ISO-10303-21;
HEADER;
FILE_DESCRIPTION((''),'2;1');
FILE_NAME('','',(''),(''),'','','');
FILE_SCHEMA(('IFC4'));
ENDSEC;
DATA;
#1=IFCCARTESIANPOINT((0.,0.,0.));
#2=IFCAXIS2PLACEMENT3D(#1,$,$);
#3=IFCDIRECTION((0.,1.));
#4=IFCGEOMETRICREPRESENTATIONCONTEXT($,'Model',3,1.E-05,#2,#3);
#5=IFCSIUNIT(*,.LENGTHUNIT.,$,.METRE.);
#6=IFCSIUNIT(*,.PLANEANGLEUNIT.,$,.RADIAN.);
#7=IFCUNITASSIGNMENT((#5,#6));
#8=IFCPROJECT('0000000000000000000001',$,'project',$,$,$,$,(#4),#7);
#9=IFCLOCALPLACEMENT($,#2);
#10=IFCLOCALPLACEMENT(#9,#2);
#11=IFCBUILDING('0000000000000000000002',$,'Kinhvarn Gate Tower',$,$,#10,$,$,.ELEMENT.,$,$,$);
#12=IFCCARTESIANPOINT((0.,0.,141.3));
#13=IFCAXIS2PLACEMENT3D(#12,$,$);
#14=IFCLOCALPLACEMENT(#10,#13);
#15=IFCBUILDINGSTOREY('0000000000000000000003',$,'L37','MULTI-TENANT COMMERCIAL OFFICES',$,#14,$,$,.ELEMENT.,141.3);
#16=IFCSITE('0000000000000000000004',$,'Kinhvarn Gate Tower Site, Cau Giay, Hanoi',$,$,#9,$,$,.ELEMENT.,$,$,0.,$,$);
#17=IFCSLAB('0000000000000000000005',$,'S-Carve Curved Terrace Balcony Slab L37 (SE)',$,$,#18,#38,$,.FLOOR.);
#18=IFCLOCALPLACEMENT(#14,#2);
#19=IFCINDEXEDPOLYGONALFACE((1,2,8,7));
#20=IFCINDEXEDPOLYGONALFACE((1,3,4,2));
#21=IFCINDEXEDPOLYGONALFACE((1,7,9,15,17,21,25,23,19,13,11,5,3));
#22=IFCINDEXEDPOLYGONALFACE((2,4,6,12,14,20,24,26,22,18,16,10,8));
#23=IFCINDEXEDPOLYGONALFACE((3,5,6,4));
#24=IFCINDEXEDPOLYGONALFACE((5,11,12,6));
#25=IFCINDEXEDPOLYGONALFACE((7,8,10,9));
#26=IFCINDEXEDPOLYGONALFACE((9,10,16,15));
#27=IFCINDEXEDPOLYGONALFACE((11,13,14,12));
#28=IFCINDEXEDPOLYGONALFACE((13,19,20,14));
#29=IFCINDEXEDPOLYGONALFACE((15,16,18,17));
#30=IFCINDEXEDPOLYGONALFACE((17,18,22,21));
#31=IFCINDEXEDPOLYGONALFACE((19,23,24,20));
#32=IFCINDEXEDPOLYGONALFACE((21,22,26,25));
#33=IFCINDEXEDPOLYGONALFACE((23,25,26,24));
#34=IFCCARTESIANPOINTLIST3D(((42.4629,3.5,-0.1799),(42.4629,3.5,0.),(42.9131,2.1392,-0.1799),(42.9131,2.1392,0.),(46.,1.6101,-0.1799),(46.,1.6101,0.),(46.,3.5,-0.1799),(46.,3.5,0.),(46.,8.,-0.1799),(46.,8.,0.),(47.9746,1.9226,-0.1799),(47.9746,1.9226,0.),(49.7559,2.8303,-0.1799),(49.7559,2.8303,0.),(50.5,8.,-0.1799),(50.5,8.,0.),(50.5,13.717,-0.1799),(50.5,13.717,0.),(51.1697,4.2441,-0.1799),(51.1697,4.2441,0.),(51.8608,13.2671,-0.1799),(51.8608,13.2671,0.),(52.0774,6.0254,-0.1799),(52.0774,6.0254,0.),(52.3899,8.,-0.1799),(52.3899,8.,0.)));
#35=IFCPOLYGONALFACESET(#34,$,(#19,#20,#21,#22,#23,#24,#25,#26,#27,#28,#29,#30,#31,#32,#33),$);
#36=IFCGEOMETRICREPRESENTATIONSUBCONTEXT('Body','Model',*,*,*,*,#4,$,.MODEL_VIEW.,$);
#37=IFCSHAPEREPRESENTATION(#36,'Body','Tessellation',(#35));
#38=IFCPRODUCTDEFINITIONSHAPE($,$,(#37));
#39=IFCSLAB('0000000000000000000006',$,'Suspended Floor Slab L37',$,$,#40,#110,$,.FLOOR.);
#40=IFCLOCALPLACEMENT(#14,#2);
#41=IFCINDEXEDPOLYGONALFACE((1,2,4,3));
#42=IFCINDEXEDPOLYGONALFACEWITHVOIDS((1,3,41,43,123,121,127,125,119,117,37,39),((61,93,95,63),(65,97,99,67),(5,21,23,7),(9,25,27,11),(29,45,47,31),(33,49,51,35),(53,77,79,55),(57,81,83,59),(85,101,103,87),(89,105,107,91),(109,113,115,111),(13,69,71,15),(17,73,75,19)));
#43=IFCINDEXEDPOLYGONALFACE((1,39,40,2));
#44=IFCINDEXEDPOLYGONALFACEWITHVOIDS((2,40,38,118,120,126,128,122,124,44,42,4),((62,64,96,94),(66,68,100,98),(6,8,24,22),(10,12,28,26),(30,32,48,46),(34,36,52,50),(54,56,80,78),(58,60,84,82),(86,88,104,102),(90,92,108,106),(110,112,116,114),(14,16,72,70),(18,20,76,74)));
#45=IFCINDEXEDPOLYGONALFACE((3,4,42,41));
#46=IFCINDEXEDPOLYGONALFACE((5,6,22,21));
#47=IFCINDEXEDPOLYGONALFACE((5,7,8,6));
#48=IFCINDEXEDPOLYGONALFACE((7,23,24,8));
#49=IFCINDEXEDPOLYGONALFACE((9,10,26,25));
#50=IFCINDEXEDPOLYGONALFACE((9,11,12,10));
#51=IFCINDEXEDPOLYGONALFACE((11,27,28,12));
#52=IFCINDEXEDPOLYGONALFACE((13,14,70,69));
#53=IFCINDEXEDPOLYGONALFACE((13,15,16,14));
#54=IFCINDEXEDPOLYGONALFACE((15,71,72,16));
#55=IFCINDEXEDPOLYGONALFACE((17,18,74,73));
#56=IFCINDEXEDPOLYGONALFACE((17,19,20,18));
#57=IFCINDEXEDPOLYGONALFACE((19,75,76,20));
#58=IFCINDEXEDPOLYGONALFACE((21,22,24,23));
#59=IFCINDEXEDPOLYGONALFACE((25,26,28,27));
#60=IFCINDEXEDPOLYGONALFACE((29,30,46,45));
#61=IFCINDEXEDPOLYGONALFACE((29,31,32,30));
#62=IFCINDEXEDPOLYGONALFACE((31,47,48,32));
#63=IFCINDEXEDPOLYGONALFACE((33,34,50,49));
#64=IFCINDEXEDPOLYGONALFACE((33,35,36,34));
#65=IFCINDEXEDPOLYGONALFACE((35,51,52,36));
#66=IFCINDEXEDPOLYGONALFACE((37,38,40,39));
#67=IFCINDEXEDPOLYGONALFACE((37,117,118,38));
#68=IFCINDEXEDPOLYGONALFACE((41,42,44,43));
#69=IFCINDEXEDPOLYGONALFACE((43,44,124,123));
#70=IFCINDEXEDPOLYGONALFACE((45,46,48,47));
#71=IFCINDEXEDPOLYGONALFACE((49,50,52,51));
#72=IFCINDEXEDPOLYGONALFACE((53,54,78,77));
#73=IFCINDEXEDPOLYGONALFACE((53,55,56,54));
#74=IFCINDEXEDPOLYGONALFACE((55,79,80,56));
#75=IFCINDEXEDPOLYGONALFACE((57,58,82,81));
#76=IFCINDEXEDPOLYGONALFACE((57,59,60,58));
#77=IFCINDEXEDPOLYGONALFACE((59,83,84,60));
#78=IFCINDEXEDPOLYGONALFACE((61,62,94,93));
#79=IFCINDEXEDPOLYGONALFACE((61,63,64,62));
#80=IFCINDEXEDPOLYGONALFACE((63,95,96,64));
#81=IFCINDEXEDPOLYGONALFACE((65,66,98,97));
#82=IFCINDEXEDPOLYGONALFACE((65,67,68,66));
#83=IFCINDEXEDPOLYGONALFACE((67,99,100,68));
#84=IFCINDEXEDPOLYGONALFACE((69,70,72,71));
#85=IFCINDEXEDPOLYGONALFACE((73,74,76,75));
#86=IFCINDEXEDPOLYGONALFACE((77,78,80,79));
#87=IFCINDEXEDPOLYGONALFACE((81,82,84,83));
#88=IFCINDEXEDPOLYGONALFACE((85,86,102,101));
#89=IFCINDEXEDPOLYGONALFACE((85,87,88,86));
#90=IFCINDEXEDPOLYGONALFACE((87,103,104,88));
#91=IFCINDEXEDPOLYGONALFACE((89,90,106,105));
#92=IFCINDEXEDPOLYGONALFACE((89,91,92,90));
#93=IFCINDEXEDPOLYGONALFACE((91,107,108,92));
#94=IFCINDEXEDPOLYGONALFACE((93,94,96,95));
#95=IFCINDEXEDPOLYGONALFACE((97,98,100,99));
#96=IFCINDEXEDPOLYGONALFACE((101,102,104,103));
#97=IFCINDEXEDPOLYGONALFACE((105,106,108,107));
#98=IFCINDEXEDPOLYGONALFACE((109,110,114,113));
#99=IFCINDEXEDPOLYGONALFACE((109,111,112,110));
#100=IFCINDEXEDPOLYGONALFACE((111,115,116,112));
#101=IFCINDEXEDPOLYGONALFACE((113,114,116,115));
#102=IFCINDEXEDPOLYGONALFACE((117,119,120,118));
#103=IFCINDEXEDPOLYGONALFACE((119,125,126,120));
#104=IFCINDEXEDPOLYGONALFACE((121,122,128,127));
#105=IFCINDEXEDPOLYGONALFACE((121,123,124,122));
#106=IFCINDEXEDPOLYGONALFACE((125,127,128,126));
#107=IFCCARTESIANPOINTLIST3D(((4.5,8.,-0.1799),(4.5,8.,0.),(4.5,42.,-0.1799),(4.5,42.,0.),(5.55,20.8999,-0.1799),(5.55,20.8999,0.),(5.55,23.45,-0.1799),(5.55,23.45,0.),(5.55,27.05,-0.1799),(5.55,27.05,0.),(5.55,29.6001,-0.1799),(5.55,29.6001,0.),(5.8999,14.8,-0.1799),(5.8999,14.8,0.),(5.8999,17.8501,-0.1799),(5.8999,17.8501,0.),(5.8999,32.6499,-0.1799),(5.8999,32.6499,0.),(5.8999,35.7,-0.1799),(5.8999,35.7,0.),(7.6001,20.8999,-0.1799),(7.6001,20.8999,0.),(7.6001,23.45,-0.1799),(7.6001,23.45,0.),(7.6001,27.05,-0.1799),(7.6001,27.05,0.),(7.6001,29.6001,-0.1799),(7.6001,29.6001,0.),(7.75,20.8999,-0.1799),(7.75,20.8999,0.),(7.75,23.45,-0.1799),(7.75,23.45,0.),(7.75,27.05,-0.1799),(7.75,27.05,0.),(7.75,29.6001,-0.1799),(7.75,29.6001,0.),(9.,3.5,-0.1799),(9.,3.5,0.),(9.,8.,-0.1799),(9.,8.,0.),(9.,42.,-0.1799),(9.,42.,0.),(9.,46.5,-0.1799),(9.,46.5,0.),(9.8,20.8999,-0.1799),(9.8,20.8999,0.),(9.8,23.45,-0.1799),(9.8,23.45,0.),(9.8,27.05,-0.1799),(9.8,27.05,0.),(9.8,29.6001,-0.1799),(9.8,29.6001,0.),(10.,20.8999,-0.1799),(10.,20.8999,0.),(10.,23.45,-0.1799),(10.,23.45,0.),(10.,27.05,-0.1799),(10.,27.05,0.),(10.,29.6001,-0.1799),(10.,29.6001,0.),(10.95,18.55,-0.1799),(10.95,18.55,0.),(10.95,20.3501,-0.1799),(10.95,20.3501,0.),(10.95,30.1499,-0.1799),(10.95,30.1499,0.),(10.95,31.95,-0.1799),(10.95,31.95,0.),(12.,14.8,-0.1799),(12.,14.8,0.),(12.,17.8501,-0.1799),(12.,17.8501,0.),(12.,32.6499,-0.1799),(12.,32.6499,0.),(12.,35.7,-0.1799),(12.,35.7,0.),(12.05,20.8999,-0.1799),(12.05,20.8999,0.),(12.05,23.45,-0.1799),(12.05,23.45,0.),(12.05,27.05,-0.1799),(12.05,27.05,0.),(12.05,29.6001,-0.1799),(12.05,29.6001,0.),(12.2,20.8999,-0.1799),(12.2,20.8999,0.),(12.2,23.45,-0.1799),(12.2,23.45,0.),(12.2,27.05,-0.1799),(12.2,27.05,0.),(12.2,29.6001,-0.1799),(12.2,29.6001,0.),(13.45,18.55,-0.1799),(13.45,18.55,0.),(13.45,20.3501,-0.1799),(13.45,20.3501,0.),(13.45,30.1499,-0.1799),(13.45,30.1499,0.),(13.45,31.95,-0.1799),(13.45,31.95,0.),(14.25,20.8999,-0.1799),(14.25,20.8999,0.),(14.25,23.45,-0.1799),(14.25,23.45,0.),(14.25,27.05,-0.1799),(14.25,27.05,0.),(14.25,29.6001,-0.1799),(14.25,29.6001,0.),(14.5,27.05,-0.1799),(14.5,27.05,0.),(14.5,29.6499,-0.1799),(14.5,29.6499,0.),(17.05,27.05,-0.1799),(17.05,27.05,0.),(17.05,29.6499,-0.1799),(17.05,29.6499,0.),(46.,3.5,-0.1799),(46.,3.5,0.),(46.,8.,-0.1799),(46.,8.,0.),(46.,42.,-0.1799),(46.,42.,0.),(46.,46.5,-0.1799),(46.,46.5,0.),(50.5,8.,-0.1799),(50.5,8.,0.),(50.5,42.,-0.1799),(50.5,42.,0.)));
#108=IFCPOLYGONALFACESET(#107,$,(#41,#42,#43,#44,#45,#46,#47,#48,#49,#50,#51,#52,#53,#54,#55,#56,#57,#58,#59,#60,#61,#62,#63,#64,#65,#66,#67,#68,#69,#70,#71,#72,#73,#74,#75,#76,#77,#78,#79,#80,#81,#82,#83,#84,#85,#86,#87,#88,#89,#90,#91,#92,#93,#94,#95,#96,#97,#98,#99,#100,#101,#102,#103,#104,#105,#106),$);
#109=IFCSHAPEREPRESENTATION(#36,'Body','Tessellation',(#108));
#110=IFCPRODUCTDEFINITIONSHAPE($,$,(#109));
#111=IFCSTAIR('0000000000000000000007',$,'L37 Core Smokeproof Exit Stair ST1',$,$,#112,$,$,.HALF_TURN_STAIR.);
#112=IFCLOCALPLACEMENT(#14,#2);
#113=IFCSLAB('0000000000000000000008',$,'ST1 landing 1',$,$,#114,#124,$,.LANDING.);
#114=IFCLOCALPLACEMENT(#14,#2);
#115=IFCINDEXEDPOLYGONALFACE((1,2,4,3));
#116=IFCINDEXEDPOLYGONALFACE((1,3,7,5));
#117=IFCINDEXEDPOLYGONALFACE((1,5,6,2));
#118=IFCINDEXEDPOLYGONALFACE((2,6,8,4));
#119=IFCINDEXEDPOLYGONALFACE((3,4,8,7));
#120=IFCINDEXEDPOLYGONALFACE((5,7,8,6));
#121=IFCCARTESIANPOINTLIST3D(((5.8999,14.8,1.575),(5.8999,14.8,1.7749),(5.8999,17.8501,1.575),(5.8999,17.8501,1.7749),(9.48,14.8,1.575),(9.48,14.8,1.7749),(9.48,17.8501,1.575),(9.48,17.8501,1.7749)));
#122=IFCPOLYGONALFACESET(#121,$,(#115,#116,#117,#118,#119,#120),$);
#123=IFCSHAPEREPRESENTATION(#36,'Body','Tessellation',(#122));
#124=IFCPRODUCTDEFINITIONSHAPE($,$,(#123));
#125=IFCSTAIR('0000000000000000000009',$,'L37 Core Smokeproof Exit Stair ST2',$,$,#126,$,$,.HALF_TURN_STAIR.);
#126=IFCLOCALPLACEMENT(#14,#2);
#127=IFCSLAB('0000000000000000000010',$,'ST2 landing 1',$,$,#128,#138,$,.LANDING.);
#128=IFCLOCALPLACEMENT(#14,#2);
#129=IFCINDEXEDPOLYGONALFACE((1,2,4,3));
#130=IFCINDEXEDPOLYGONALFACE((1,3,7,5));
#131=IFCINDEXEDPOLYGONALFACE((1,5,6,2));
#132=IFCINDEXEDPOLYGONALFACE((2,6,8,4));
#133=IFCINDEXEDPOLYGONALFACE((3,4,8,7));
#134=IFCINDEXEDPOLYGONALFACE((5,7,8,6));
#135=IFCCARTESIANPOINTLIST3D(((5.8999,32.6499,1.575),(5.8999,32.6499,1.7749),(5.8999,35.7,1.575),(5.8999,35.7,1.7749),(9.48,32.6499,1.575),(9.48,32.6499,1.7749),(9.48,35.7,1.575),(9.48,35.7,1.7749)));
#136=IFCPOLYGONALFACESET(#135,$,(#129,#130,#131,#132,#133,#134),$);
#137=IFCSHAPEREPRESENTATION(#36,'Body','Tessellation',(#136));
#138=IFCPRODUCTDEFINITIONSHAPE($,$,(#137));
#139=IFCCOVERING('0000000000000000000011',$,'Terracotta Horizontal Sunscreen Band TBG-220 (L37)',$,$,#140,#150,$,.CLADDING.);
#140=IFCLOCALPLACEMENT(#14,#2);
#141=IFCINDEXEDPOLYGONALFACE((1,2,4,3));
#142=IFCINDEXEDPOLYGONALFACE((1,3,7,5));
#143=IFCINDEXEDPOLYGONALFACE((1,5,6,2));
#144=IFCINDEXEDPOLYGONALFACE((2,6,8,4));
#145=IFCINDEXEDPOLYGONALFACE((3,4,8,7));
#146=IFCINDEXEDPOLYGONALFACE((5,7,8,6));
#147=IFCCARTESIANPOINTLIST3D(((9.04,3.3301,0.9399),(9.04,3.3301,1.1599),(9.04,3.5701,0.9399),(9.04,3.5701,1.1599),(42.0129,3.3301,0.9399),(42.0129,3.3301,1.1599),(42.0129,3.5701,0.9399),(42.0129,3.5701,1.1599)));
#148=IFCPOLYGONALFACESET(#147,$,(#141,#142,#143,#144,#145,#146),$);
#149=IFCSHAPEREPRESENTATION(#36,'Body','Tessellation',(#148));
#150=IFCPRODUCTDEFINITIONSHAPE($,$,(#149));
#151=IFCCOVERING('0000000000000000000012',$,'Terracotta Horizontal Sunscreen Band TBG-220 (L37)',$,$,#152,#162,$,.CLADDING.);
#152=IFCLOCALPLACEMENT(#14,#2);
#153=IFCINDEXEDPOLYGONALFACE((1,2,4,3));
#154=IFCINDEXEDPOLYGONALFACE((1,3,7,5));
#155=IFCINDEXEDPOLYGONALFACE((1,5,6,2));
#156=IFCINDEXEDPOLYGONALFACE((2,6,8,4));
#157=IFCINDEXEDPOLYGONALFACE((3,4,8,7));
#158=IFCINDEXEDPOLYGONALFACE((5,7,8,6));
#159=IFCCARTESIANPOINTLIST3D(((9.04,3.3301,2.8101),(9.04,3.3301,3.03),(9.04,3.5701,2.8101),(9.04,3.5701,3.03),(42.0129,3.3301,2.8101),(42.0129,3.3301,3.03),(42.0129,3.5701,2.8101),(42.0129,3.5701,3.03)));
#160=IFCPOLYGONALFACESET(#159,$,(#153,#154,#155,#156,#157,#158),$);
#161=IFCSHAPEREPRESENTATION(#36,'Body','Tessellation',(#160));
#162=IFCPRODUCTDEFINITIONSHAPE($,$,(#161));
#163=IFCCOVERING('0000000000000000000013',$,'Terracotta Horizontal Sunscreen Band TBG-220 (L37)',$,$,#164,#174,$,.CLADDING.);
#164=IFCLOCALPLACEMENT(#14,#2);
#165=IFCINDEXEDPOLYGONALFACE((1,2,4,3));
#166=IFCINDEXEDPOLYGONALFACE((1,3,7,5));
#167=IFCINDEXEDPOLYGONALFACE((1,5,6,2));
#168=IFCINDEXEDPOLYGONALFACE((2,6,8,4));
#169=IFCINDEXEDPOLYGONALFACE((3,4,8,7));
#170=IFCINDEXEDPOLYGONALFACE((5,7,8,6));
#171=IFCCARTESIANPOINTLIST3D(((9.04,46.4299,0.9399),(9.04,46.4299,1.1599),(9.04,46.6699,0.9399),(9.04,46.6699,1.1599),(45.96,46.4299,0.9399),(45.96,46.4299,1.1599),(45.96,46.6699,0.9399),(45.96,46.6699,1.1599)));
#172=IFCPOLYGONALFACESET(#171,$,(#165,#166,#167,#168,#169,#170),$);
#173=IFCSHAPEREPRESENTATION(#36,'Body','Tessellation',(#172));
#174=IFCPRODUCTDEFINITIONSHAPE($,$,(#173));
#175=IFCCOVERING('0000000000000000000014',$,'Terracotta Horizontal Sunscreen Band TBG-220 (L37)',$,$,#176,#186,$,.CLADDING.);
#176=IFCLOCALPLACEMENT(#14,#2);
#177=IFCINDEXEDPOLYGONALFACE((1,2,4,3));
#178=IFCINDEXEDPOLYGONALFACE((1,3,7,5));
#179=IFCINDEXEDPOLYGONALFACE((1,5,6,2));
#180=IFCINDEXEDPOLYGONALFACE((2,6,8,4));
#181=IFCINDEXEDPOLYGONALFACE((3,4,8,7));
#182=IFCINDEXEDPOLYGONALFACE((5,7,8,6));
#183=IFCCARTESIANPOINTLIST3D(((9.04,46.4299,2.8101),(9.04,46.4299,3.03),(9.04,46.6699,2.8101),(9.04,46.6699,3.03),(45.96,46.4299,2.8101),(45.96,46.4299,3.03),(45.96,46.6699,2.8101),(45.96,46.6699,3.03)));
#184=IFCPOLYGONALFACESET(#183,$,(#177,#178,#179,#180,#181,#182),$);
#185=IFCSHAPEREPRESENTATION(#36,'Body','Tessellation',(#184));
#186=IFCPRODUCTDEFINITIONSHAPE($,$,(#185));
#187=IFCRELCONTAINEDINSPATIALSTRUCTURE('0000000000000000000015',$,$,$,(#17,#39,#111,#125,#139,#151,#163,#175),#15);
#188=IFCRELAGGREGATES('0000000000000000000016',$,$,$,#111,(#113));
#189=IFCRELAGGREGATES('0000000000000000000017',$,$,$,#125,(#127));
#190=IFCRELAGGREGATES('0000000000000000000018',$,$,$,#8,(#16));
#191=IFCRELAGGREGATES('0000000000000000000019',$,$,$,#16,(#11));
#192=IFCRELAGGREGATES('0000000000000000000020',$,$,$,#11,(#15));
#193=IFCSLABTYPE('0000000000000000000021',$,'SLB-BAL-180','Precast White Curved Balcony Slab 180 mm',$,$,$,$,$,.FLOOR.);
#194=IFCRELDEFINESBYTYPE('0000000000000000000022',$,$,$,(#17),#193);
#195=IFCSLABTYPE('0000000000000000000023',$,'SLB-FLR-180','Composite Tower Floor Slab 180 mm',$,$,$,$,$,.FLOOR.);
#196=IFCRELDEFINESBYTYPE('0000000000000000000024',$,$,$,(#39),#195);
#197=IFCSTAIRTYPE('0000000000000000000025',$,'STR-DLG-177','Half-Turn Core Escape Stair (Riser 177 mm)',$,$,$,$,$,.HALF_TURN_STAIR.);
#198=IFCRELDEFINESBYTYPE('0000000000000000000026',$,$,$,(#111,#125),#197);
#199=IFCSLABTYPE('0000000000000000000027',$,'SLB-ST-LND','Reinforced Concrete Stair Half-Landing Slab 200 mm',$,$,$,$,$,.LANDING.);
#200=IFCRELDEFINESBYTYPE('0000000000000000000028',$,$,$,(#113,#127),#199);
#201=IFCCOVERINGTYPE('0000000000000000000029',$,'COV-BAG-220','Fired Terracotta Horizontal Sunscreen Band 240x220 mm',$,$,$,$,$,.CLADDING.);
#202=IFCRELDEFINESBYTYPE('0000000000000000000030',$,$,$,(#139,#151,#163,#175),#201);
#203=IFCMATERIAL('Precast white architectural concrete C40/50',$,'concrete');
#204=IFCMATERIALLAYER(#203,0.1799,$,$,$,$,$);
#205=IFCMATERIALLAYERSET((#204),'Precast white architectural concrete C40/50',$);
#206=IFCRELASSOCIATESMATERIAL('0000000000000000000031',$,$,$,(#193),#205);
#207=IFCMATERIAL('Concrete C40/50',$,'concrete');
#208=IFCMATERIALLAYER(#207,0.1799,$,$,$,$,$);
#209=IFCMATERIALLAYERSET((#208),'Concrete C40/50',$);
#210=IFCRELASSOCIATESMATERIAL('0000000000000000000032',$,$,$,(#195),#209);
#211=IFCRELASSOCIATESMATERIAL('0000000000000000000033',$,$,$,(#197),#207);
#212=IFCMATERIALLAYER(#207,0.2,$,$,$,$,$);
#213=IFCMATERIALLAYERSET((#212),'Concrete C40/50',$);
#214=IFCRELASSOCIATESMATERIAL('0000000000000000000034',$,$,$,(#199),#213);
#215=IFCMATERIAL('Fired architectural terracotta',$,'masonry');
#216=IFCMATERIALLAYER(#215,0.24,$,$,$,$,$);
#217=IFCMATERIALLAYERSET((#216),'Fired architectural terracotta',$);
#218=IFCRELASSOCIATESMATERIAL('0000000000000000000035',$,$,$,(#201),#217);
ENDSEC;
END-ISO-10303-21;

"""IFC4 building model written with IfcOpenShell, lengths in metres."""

from ifc_helpers import new_model, si_unit, direction, frame, origin, place, context, subcontext, project, spatial, polyline, outline, extrude, material, layer, layer_set, type_object, element, aggregate, save


model = new_model("IFC4")

# Units and contexts
model_context = context("Model", 3, precision=1e-05, world=origin(), true_north=direction((0.0, 1.0)))
body_context = subcontext(model_context, "Body", "Model", "MODEL_VIEW")
ifc_project = project(units=[si_unit("LENGTHUNIT", "METRE"), si_unit("PLANEANGLEUNIT", "RADIAN")], contexts=[model_context])

# Site, building, storey
site_placement = place(None, origin())
site = spatial("IfcSite", under=ifc_project, at=site_placement, Name="Kinhvarn Gate Tower Site, Cau Giay, Hanoi", CompositionType="ELEMENT", RefElevation=0.0)
building_placement = place(site_placement, origin())
building = spatial("IfcBuilding", under=site, at=building_placement, Name="Kinhvarn Gate Tower", CompositionType="ELEMENT")
storey_placement = place(building_placement, frame((0.0, 0.0, 141.3)))
storey = spatial("IfcBuildingStorey", under=building, at=storey_placement, Name="L37", Description="MULTI-TENANT COMMERCIAL OFFICES", CompositionType="ELEMENT", Elevation=141.3)

# Slabs
ifc_material_1 = material(Name="Precast white architectural concrete C40/50", Category="concrete")
ifc_layer_1 = layer(ifc_material_1, 0.1799)
ifc_layer_set_1 = layer_set([ifc_layer_1], Name="Precast white architectural concrete C40/50")
slab_type_1 = type_object("IfcSlabType", Name="SLB-BAL-180", Description="Precast White Curved Balcony Slab 180 mm", PredefinedType="FLOOR", material=ifc_layer_set_1)
slab_1_placement = place(storey_placement, frame((0.0, 0.0, -0.1799)))
element("IfcSlab", 1, at=slab_1_placement, inside=storey, type_object=slab_type_1, Name="S-Carve Curved Terrace Balcony Slab L37 (SE)", PredefinedType="FLOOR", context=body_context, shape_type="SweptSolid", body=[
    extrude(outline(polyline([(42.4629, 3.5), (42.9131, 2.1392), (46.0, 1.6101), (47.9746, 1.9226), (49.7559, 2.8303), (51.1697, 4.2441), (52.0774, 6.0254), (52.3899, 8.0), (51.8608, 13.2671), (50.5, 13.717), (50.5, 8.0), (46.0, 8.0), (46.0, 3.5), (42.4629, 3.5)])), origin(), (0.0, 0.0, 1.0), 0.1799),
])
ifc_material_2 = material(Name="Concrete C40/50", Category="concrete")
ifc_layer_2 = layer(ifc_material_2, 0.1799)
ifc_layer_set_2 = layer_set([ifc_layer_2], Name="Concrete C40/50")
slab_type_2 = type_object("IfcSlabType", Name="SLB-FLR-180", Description="Composite Tower Floor Slab 180 mm", PredefinedType="FLOOR", material=ifc_layer_set_2)
slab_2_placement = place(storey_placement, frame((0.0, 0.0, -0.1799)))
element("IfcSlab", 2, at=slab_2_placement, inside=storey, type_object=slab_type_2, Name="Suspended Floor Slab L37", PredefinedType="FLOOR", context=body_context, shape_type="SweptSolid", body=[
    extrude(outline(polyline([(9.0, 3.5), (46.0, 3.5), (46.0, 8.0), (50.5, 8.0), (50.5, 42.0), (46.0, 42.0), (46.0, 46.5), (9.0, 46.5), (9.0, 42.0), (4.5, 42.0), (4.5, 8.0), (9.0, 8.0), (9.0, 3.5)]), holes=[polyline([(5.8999, 14.8), (12.0, 14.8), (12.0, 17.8501), (5.8999, 17.8501), (5.8999, 14.8)]), polyline([(5.8999, 32.6499), (12.0, 32.6499), (12.0, 35.7), (5.8999, 35.7), (5.8999, 32.6499)]), polyline([(5.55, 20.8999), (7.6001, 20.8999), (7.6001, 23.45), (5.55, 23.45), (5.55, 20.8999)]), polyline([(7.75, 20.8999), (9.8, 20.8999), (9.8, 23.45), (7.75, 23.45), (7.75, 20.8999)]), polyline([(5.55, 27.05), (7.6001, 27.05), (7.6001, 29.6001), (5.55, 29.6001), (5.55, 27.05)]), polyline([(7.75, 27.05), (9.8, 27.05), (9.8, 29.6001), (7.75, 29.6001), (7.75, 27.05)]), polyline([(10.0, 20.8999), (12.05, 20.8999), (12.05, 23.45), (10.0, 23.45), (10.0, 20.8999)]), polyline([(12.2, 20.8999), (14.25, 20.8999), (14.25, 23.45), (12.2, 23.45), (12.2, 20.8999)]), polyline([(10.0, 27.05), (12.05, 27.05), (12.05, 29.6001), (10.0, 29.6001), (10.0, 27.05)]), polyline([(12.2, 27.05), (14.25, 27.05), (14.25, 29.6001), (12.2, 29.6001), (12.2, 27.05)]), polyline([(14.5, 27.05), (17.05, 27.05), (17.05, 29.6499), (14.5, 29.6499), (14.5, 27.05)]), polyline([(10.95, 18.55), (13.45, 18.55), (13.45, 20.3501), (10.95, 20.3501), (10.95, 18.55)]), polyline([(10.95, 30.1499), (13.45, 30.1499), (13.45, 31.95), (10.95, 31.95), (10.95, 30.1499)])]), origin(), (0.0, 0.0, 1.0), 0.1799),
])

# Stairs, slabs
stair_type = type_object("IfcStairType", Name="STR-DLG-177", Description="Half-Turn Core Escape Stair (Riser 177 mm)", PredefinedType="HALF_TURN_STAIR", material=ifc_material_2)
stair_1_placement = place(storey_placement, origin())
stair_1 = element("IfcStair", 3, at=stair_1_placement, inside=storey, type_object=stair_type, Name="L37 Core Smokeproof Exit Stair ST1", PredefinedType="HALF_TURN_STAIR")
ifc_layer_3 = layer(ifc_material_2, 0.2)
ifc_layer_set_3 = layer_set([ifc_layer_3], Name="Concrete C40/50")
slab_type_3 = type_object("IfcSlabType", Name="SLB-ST-LND", Description="Reinforced Concrete Stair Half-Landing Slab 200 mm", PredefinedType="LANDING", material=ifc_layer_set_3)
slab_3_placement = place(storey_placement, frame((0.0, 0.0, 1.575)))
slab_3 = element("IfcSlab", 4, at=slab_3_placement, type_object=slab_type_3, Name="ST1 landing 1", PredefinedType="LANDING", context=body_context, shape_type="SweptSolid", body=[
    extrude(outline(polyline([(9.48, 17.8501), (5.8999, 17.8501), (5.8999, 14.8), (9.48, 14.8), (9.48, 17.8501)])), origin(), (0.0, 0.0, 1.0), 0.2),
])
aggregate(stair_1, [slab_3])
stair_2_placement = place(storey_placement, origin())
stair_2 = element("IfcStair", 5, at=stair_2_placement, inside=storey, type_object=stair_type, Name="L37 Core Smokeproof Exit Stair ST2", PredefinedType="HALF_TURN_STAIR")
slab_4_placement = place(storey_placement, frame((0.0, 0.0, 1.575)))
slab_4 = element("IfcSlab", 6, at=slab_4_placement, type_object=slab_type_3, Name="ST2 landing 1", PredefinedType="LANDING", context=body_context, shape_type="SweptSolid", body=[
    extrude(outline(polyline([(9.48, 35.7), (5.8999, 35.7), (5.8999, 32.6499), (9.48, 32.6499), (9.48, 35.7)])), origin(), (0.0, 0.0, 1.0), 0.2),
])
aggregate(stair_2, [slab_4])

# Coverings
ifc_material_3 = material(Name="Fired architectural terracotta", Category="masonry")
ifc_layer_4 = layer(ifc_material_3, 0.24)
ifc_layer_set_4 = layer_set([ifc_layer_4], Name="Fired architectural terracotta")
covering_type_1 = type_object("IfcCoveringType", Name="COV-BAG-220", Description="Fired Terracotta Horizontal Sunscreen Band 240x220 mm", PredefinedType="CLADDING", material=ifc_layer_set_4)
for number, where, name in (
    (7, (0.0, 0.0, 0.9399), "Terracotta Horizontal Sunscreen Band TBG-220 (L37)"),
    (8, (0.0, 0.0, 2.8101), "Terracotta Horizontal Sunscreen Band TBG-220 (L37)"),
):
    element("IfcCovering", number, at=place(storey_placement, frame(where)), inside=storey, type_object=covering_type_1, Name=name, PredefinedType="CLADDING", context=body_context, shape_type="SweptSolid", body=[
        extrude(outline(polyline([(9.04, 3.5701), (42.0129, 3.5701), (42.0129, 3.3301), (9.04, 3.3301), (9.04, 3.5701)])), origin(), (0.0, 0.0, 1.0), 0.22),
    ])
for number, where, name in (
    (9, (0.0, 0.0, 0.9399), "Terracotta Horizontal Sunscreen Band TBG-220 (L37)"),
    (10, (0.0, 0.0, 2.8101), "Terracotta Horizontal Sunscreen Band TBG-220 (L37)"),
):
    element("IfcCovering", number, at=place(storey_placement, frame(where)), inside=storey, type_object=covering_type_1, Name=name, PredefinedType="CLADDING", context=body_context, shape_type="SweptSolid", body=[
        extrude(outline(polyline([(45.96, 46.4299), (9.04, 46.4299), (9.04, 46.6699), (45.96, 46.6699), (45.96, 46.4299)])), origin(), (0.0, 0.0, 1.0), 0.22),
    ])

save(model, "model.ifc")
